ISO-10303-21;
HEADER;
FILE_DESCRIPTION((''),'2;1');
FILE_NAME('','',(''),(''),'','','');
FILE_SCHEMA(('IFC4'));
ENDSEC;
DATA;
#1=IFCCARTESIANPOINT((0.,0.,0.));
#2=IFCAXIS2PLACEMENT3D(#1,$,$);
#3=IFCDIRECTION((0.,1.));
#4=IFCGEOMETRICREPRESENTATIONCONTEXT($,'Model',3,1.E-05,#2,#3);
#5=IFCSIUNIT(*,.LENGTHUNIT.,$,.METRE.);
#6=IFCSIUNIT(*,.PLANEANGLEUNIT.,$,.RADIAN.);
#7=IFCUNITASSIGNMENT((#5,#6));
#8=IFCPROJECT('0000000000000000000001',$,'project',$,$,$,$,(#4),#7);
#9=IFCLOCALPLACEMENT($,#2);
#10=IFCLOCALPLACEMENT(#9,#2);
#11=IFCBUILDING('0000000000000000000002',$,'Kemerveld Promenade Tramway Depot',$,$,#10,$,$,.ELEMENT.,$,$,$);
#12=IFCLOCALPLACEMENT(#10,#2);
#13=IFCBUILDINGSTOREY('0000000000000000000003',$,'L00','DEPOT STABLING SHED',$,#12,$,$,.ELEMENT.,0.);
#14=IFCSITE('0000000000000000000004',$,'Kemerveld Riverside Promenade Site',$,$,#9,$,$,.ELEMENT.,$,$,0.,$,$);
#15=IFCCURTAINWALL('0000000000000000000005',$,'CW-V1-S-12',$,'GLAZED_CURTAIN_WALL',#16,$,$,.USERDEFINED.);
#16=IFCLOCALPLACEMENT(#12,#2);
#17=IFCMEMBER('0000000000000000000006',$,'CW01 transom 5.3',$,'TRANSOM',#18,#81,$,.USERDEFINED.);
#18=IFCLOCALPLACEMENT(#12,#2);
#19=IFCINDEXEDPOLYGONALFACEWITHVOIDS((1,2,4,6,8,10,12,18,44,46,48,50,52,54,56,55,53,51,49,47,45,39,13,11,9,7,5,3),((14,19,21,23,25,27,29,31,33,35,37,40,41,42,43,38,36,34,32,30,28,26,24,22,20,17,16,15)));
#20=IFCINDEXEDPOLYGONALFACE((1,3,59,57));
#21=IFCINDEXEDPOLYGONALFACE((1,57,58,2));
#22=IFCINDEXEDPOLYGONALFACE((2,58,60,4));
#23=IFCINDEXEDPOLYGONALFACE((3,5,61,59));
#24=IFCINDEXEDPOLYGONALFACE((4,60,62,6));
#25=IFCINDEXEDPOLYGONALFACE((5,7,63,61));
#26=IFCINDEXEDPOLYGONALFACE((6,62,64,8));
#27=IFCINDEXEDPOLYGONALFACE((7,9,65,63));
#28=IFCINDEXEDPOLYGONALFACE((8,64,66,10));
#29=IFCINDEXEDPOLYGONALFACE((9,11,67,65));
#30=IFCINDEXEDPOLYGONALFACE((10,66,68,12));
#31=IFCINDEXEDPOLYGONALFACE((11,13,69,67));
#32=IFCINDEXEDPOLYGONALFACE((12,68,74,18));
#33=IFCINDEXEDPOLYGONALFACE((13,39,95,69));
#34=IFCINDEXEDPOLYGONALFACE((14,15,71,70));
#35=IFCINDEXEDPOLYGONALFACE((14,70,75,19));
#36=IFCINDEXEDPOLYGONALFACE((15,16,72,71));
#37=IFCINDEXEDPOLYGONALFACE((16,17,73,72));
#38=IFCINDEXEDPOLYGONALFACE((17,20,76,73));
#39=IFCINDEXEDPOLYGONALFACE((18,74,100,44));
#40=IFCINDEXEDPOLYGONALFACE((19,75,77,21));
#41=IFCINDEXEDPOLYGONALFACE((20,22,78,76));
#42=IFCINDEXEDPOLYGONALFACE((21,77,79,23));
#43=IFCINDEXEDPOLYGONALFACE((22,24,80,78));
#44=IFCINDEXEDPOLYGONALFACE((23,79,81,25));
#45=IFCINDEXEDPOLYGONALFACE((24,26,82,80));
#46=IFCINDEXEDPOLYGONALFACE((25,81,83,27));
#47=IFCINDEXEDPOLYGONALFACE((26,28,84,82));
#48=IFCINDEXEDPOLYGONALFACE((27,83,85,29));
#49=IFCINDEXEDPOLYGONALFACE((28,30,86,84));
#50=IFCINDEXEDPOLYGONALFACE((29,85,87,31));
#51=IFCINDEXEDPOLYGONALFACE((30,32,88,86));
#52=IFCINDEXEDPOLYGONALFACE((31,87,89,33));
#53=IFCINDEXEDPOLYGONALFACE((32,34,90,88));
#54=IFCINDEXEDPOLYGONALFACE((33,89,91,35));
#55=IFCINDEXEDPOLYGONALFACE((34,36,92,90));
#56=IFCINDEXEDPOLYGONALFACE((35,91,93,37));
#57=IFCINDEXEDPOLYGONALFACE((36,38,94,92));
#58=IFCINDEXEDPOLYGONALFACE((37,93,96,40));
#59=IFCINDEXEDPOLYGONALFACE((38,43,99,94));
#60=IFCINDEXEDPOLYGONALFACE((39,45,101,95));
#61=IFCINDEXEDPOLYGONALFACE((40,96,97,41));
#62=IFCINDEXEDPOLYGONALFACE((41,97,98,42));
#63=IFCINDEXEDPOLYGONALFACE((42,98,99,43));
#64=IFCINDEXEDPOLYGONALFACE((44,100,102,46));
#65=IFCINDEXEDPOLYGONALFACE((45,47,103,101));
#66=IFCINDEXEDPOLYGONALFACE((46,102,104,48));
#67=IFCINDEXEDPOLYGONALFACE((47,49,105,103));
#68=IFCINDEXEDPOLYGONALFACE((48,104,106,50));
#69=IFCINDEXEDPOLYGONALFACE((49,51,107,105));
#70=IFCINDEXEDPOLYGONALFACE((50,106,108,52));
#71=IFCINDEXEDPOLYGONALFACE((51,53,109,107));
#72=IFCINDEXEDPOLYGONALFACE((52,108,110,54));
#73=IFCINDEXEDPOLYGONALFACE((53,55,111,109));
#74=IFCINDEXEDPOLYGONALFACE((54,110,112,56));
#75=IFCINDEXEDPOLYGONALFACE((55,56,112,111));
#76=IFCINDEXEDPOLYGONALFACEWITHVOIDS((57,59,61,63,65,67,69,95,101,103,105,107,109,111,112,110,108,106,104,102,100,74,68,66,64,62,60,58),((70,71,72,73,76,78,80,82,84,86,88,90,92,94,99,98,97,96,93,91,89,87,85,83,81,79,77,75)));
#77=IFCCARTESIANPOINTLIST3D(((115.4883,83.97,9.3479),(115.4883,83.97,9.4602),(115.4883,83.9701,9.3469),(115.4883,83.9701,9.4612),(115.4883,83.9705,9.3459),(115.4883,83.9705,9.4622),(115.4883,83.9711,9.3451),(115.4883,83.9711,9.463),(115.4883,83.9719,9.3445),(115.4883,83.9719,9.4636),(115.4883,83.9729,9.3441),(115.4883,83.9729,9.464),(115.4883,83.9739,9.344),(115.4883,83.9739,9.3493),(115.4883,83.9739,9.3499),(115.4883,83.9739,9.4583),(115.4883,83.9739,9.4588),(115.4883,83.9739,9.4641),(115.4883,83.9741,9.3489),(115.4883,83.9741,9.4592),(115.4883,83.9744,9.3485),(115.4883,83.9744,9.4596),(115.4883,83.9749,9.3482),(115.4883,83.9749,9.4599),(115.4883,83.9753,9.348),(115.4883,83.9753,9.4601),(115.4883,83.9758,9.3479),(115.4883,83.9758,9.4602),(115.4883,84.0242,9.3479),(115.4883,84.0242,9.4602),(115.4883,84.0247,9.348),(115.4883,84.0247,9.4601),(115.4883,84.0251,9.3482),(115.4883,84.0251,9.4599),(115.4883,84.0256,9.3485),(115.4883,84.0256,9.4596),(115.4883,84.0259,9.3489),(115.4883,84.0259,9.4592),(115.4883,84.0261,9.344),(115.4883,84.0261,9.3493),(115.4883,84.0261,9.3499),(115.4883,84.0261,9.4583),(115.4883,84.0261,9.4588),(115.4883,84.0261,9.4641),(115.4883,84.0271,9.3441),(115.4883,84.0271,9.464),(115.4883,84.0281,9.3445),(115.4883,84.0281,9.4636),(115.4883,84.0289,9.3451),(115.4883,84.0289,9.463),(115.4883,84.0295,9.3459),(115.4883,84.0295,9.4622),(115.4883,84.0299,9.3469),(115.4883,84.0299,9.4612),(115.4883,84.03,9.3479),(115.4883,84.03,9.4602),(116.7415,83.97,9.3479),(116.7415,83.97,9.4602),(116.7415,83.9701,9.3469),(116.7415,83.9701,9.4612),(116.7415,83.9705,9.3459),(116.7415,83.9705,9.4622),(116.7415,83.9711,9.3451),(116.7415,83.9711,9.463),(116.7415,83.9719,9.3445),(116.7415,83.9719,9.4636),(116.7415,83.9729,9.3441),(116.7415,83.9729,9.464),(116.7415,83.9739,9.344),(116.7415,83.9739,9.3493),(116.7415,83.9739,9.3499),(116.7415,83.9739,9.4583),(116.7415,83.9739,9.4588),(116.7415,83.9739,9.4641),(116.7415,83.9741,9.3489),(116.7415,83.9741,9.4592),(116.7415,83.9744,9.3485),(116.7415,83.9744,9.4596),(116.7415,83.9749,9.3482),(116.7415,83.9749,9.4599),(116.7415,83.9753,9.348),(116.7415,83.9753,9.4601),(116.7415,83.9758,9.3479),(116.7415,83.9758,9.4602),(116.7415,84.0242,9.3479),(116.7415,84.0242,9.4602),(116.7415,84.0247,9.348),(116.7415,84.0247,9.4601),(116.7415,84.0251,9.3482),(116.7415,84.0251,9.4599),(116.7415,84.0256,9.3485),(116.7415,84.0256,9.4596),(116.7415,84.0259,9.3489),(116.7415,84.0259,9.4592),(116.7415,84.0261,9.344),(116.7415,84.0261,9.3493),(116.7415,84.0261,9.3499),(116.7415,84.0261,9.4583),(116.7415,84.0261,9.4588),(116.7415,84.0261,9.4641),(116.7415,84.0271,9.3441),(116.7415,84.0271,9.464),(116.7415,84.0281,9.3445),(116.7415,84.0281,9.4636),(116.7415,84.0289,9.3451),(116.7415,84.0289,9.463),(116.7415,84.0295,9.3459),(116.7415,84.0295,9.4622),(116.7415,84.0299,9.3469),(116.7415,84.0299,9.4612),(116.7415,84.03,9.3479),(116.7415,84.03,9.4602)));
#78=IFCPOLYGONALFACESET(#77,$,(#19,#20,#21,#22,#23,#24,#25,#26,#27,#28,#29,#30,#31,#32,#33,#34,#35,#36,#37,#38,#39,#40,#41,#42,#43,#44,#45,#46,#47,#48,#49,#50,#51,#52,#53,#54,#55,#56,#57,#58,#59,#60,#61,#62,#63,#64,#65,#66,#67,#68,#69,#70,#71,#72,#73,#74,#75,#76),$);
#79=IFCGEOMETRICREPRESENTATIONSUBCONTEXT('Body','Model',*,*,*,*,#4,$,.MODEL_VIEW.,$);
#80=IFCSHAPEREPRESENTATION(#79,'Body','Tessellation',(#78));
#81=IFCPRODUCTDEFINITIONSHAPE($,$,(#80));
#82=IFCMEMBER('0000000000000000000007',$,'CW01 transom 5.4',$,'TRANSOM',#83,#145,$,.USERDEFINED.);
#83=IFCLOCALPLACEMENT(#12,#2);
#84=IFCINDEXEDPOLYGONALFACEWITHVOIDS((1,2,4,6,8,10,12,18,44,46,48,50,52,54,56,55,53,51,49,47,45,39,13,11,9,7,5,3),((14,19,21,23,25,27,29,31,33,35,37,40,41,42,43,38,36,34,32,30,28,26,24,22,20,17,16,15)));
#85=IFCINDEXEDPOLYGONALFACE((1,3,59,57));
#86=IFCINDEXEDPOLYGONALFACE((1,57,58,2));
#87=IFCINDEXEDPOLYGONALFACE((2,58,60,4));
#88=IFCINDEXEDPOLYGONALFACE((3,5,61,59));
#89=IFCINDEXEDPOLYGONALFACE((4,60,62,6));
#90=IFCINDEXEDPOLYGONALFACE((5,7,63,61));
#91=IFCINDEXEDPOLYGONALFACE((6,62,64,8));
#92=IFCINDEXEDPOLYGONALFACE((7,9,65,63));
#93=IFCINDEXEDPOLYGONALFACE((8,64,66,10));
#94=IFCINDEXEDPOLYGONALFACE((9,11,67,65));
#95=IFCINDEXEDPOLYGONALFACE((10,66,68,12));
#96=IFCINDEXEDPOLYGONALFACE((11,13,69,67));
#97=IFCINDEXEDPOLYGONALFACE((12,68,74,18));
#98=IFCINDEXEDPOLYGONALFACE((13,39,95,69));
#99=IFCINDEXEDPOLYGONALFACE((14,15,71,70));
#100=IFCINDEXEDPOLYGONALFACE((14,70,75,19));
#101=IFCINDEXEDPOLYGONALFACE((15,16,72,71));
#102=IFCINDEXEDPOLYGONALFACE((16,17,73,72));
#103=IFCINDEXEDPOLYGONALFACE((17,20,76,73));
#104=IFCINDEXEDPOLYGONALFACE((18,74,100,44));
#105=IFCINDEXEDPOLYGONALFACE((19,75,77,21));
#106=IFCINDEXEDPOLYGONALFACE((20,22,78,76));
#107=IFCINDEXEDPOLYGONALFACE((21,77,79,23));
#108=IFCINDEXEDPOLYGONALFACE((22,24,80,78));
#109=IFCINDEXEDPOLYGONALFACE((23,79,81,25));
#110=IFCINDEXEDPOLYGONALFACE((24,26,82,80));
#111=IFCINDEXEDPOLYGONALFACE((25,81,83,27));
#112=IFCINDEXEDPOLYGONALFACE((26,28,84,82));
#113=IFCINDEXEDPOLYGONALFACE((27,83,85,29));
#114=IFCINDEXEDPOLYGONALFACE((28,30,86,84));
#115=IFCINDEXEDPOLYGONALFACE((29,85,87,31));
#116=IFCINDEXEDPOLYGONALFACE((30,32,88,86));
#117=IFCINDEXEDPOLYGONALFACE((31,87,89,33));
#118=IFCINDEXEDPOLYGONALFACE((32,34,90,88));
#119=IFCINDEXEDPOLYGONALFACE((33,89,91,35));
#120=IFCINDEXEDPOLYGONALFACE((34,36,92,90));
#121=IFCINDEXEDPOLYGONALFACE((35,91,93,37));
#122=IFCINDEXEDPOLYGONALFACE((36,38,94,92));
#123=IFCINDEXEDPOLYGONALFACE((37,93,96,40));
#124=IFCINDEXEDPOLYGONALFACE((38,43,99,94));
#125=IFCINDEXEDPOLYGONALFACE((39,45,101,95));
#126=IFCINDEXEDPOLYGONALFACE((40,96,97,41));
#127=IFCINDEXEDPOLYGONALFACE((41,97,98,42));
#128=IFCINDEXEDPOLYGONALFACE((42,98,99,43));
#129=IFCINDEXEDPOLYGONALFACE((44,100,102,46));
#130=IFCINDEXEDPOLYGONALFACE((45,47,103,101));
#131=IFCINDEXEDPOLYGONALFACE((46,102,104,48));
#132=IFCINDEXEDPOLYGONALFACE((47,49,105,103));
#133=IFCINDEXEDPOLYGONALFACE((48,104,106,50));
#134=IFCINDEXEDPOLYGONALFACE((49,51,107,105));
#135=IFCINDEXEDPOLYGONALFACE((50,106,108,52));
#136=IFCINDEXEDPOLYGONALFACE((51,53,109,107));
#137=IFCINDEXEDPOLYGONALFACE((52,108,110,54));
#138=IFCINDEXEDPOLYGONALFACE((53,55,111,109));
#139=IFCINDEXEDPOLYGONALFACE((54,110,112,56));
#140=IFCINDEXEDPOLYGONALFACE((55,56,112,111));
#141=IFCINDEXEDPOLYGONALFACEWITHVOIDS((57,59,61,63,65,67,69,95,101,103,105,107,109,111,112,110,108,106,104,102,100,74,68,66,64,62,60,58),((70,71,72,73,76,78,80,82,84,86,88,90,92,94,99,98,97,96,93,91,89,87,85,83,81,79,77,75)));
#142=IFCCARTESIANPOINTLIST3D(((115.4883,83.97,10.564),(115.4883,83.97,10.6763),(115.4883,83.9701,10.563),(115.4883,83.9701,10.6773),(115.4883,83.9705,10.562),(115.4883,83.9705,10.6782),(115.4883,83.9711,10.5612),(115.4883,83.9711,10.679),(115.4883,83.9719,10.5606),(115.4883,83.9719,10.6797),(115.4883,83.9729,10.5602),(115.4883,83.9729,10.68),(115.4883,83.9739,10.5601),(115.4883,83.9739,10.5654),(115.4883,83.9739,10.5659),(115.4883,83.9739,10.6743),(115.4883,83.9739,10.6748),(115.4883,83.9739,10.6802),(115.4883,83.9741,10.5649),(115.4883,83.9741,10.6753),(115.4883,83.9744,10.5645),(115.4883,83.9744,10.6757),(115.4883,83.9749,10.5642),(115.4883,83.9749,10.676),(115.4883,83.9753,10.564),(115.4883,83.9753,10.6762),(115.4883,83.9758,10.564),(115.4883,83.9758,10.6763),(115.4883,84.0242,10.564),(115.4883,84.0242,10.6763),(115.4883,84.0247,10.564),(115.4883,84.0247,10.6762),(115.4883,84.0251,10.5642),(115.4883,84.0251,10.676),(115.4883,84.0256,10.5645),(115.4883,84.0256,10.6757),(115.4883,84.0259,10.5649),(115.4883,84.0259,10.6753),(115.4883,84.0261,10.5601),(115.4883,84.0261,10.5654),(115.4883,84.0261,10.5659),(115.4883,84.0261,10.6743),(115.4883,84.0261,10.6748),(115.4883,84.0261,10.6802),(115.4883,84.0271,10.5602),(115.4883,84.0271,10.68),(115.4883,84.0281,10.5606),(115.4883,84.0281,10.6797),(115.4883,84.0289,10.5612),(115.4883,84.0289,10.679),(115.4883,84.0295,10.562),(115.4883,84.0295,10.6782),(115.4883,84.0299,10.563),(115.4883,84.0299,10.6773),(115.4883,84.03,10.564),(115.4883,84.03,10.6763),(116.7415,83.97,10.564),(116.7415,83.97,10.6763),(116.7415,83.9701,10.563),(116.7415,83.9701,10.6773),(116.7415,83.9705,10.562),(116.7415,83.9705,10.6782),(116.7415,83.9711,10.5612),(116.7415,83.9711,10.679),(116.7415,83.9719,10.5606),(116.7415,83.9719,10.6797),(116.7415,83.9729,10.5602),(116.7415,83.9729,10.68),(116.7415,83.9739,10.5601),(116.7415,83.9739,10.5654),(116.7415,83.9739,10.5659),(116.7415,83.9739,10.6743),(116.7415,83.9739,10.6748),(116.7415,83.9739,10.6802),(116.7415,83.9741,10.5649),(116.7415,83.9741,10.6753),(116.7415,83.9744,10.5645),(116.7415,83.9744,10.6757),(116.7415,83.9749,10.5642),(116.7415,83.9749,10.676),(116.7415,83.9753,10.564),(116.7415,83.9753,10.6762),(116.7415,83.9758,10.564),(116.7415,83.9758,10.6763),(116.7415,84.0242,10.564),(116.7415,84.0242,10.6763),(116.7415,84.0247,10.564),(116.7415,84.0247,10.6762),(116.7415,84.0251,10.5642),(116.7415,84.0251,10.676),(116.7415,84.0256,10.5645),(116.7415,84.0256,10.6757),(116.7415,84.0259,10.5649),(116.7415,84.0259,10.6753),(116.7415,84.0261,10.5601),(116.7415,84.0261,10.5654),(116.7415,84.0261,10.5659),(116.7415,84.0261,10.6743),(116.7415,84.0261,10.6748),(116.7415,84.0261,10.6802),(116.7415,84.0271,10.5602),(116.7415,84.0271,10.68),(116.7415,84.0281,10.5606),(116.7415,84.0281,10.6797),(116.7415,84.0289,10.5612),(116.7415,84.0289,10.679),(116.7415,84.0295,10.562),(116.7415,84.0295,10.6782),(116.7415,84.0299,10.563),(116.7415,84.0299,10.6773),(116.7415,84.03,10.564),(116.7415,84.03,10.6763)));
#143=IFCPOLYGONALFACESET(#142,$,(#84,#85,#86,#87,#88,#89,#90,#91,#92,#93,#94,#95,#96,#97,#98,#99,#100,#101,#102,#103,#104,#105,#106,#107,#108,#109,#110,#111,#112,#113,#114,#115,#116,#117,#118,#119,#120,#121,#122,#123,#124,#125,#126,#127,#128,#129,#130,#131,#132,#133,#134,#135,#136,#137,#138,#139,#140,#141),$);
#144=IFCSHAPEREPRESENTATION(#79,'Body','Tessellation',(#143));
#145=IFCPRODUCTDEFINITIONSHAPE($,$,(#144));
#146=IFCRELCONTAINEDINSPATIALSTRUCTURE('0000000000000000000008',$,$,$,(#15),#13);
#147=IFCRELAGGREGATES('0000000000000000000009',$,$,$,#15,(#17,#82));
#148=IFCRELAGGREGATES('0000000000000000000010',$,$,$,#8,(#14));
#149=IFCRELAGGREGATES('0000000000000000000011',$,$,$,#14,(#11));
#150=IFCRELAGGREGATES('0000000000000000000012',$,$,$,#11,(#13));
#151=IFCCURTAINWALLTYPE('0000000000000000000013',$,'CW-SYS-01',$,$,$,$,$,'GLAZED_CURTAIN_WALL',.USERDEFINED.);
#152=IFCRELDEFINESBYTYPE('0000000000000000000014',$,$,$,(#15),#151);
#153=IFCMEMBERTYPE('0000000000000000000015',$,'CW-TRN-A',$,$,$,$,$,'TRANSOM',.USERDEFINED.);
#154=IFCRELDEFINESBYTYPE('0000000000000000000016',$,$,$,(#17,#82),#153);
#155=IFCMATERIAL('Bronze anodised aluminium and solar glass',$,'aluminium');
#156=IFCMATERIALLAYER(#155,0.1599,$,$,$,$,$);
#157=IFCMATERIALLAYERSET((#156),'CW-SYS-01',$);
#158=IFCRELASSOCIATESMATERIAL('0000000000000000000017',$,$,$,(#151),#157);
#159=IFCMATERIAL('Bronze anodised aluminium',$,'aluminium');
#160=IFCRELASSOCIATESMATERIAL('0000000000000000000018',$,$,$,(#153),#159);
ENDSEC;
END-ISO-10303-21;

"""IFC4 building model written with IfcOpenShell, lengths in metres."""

from ifc_helpers import new_model, si_unit, direction, frame, origin, origin_2d, place, context, subcontext, project, spatial, hollow_rectangle, extrude, material, layer, layer_set, material_profile, profile_set, type_object, element, aggregate, save


model = new_model("IFC4")

# Units and contexts
model_context = context("Model", 3, precision=1e-05, world=origin(), true_north=direction((0.0, 1.0)))
body_context = subcontext(model_context, "Body", "Model", "MODEL_VIEW")
ifc_project = project(units=[si_unit("LENGTHUNIT", "METRE"), si_unit("PLANEANGLEUNIT", "RADIAN")], contexts=[model_context])

# Site, building, storey
site_placement = place(None, origin())
site = spatial("IfcSite", under=ifc_project, at=site_placement, Name="Kemerveld Riverside Promenade Site", CompositionType="ELEMENT", RefElevation=0.0)
building_placement = place(site_placement, origin())
building = spatial("IfcBuilding", under=site, at=building_placement, Name="Kemerveld Promenade Tramway Depot", CompositionType="ELEMENT")
storey_placement = place(building_placement, origin())
storey = spatial("IfcBuildingStorey", under=building, at=storey_placement, Name="L00", Description="DEPOT STABLING SHED", CompositionType="ELEMENT", Elevation=0.0)

# Curtain wall, members
ifc_material_1 = material(Name="Bronze anodised aluminium and solar glass", Category="aluminium")
ifc_layer_1 = layer(ifc_material_1, 0.1599)
ifc_layer_set_1 = layer_set([ifc_layer_1], Name="CW-SYS-01")
curtain_wall_type_1 = type_object("IfcCurtainWallType", Name="CW-SYS-01", ElementType="GLAZED_CURTAIN_WALL", PredefinedType="USERDEFINED", material=ifc_layer_set_1)
curtain_wall_1_placement = place(storey_placement, origin())
curtain_wall_1 = element("IfcCurtainWall", 1, at=curtain_wall_1_placement, inside=storey, type_object=curtain_wall_type_1, Name="CW-V1-S-12", ObjectType="GLAZED_CURTAIN_WALL", PredefinedType="USERDEFINED")
ifc_material_2 = material(Name="Bronze anodised aluminium", Category="aluminium")
ifc_material_profile_1 = material_profile(ifc_material_2, hollow_rectangle(XDim=0.0601, YDim=0.1201, WallThickness=0.0039, InnerFilletRadius=0.002, OuterFilletRadius=0.0039, at=origin_2d()), Name="CW-TRN-120x60")
ifc_profile_set_1 = profile_set([ifc_material_profile_1], Name="Bronze anodised aluminium")
member_type_1 = type_object("IfcMemberType", Name="CW-TRN-A", ElementType="TRANSOM", PredefinedType="USERDEFINED", material=ifc_profile_set_1)
member_1_placement = place(storey_placement, frame((116.7415, 84.0, 9.4041), z_axis=(-1.0, 0.0, 0.0), x_axis=(0.0, -1.0, 0.0)))
member_1 = element("IfcMember", 2, at=member_1_placement, type_object=member_type_1, Name="CW01 transom 5.3", ObjectType="TRANSOM", PredefinedType="USERDEFINED", context=body_context, shape_type="SweptSolid", body=[
    extrude(hollow_rectangle(XDim=0.0601, YDim=0.1201, WallThickness=0.0039, InnerFilletRadius=0.002, OuterFilletRadius=0.0039, at=origin_2d()), origin(), (0.0, 0.0, 1.0), 1.2532),
])
member_2_placement = place(storey_placement, frame((116.7415, 84.0, 10.6201), z_axis=(-1.0, 0.0, 0.0), x_axis=(0.0, -1.0, 0.0)))
member_2 = element("IfcMember", 3, at=member_2_placement, type_object=member_type_1, Name="CW01 transom 5.4", ObjectType="TRANSOM", PredefinedType="USERDEFINED", context=body_context, shape_type="SweptSolid", body=[
    extrude(hollow_rectangle(XDim=0.0601, YDim=0.1201, WallThickness=0.0039, InnerFilletRadius=0.002, OuterFilletRadius=0.0039, at=origin_2d()), origin(), (0.0, 0.0, 1.0), 1.2532),
])

aggregate(curtain_wall_1, [member_1, member_2])

save(model, "model.ifc")
